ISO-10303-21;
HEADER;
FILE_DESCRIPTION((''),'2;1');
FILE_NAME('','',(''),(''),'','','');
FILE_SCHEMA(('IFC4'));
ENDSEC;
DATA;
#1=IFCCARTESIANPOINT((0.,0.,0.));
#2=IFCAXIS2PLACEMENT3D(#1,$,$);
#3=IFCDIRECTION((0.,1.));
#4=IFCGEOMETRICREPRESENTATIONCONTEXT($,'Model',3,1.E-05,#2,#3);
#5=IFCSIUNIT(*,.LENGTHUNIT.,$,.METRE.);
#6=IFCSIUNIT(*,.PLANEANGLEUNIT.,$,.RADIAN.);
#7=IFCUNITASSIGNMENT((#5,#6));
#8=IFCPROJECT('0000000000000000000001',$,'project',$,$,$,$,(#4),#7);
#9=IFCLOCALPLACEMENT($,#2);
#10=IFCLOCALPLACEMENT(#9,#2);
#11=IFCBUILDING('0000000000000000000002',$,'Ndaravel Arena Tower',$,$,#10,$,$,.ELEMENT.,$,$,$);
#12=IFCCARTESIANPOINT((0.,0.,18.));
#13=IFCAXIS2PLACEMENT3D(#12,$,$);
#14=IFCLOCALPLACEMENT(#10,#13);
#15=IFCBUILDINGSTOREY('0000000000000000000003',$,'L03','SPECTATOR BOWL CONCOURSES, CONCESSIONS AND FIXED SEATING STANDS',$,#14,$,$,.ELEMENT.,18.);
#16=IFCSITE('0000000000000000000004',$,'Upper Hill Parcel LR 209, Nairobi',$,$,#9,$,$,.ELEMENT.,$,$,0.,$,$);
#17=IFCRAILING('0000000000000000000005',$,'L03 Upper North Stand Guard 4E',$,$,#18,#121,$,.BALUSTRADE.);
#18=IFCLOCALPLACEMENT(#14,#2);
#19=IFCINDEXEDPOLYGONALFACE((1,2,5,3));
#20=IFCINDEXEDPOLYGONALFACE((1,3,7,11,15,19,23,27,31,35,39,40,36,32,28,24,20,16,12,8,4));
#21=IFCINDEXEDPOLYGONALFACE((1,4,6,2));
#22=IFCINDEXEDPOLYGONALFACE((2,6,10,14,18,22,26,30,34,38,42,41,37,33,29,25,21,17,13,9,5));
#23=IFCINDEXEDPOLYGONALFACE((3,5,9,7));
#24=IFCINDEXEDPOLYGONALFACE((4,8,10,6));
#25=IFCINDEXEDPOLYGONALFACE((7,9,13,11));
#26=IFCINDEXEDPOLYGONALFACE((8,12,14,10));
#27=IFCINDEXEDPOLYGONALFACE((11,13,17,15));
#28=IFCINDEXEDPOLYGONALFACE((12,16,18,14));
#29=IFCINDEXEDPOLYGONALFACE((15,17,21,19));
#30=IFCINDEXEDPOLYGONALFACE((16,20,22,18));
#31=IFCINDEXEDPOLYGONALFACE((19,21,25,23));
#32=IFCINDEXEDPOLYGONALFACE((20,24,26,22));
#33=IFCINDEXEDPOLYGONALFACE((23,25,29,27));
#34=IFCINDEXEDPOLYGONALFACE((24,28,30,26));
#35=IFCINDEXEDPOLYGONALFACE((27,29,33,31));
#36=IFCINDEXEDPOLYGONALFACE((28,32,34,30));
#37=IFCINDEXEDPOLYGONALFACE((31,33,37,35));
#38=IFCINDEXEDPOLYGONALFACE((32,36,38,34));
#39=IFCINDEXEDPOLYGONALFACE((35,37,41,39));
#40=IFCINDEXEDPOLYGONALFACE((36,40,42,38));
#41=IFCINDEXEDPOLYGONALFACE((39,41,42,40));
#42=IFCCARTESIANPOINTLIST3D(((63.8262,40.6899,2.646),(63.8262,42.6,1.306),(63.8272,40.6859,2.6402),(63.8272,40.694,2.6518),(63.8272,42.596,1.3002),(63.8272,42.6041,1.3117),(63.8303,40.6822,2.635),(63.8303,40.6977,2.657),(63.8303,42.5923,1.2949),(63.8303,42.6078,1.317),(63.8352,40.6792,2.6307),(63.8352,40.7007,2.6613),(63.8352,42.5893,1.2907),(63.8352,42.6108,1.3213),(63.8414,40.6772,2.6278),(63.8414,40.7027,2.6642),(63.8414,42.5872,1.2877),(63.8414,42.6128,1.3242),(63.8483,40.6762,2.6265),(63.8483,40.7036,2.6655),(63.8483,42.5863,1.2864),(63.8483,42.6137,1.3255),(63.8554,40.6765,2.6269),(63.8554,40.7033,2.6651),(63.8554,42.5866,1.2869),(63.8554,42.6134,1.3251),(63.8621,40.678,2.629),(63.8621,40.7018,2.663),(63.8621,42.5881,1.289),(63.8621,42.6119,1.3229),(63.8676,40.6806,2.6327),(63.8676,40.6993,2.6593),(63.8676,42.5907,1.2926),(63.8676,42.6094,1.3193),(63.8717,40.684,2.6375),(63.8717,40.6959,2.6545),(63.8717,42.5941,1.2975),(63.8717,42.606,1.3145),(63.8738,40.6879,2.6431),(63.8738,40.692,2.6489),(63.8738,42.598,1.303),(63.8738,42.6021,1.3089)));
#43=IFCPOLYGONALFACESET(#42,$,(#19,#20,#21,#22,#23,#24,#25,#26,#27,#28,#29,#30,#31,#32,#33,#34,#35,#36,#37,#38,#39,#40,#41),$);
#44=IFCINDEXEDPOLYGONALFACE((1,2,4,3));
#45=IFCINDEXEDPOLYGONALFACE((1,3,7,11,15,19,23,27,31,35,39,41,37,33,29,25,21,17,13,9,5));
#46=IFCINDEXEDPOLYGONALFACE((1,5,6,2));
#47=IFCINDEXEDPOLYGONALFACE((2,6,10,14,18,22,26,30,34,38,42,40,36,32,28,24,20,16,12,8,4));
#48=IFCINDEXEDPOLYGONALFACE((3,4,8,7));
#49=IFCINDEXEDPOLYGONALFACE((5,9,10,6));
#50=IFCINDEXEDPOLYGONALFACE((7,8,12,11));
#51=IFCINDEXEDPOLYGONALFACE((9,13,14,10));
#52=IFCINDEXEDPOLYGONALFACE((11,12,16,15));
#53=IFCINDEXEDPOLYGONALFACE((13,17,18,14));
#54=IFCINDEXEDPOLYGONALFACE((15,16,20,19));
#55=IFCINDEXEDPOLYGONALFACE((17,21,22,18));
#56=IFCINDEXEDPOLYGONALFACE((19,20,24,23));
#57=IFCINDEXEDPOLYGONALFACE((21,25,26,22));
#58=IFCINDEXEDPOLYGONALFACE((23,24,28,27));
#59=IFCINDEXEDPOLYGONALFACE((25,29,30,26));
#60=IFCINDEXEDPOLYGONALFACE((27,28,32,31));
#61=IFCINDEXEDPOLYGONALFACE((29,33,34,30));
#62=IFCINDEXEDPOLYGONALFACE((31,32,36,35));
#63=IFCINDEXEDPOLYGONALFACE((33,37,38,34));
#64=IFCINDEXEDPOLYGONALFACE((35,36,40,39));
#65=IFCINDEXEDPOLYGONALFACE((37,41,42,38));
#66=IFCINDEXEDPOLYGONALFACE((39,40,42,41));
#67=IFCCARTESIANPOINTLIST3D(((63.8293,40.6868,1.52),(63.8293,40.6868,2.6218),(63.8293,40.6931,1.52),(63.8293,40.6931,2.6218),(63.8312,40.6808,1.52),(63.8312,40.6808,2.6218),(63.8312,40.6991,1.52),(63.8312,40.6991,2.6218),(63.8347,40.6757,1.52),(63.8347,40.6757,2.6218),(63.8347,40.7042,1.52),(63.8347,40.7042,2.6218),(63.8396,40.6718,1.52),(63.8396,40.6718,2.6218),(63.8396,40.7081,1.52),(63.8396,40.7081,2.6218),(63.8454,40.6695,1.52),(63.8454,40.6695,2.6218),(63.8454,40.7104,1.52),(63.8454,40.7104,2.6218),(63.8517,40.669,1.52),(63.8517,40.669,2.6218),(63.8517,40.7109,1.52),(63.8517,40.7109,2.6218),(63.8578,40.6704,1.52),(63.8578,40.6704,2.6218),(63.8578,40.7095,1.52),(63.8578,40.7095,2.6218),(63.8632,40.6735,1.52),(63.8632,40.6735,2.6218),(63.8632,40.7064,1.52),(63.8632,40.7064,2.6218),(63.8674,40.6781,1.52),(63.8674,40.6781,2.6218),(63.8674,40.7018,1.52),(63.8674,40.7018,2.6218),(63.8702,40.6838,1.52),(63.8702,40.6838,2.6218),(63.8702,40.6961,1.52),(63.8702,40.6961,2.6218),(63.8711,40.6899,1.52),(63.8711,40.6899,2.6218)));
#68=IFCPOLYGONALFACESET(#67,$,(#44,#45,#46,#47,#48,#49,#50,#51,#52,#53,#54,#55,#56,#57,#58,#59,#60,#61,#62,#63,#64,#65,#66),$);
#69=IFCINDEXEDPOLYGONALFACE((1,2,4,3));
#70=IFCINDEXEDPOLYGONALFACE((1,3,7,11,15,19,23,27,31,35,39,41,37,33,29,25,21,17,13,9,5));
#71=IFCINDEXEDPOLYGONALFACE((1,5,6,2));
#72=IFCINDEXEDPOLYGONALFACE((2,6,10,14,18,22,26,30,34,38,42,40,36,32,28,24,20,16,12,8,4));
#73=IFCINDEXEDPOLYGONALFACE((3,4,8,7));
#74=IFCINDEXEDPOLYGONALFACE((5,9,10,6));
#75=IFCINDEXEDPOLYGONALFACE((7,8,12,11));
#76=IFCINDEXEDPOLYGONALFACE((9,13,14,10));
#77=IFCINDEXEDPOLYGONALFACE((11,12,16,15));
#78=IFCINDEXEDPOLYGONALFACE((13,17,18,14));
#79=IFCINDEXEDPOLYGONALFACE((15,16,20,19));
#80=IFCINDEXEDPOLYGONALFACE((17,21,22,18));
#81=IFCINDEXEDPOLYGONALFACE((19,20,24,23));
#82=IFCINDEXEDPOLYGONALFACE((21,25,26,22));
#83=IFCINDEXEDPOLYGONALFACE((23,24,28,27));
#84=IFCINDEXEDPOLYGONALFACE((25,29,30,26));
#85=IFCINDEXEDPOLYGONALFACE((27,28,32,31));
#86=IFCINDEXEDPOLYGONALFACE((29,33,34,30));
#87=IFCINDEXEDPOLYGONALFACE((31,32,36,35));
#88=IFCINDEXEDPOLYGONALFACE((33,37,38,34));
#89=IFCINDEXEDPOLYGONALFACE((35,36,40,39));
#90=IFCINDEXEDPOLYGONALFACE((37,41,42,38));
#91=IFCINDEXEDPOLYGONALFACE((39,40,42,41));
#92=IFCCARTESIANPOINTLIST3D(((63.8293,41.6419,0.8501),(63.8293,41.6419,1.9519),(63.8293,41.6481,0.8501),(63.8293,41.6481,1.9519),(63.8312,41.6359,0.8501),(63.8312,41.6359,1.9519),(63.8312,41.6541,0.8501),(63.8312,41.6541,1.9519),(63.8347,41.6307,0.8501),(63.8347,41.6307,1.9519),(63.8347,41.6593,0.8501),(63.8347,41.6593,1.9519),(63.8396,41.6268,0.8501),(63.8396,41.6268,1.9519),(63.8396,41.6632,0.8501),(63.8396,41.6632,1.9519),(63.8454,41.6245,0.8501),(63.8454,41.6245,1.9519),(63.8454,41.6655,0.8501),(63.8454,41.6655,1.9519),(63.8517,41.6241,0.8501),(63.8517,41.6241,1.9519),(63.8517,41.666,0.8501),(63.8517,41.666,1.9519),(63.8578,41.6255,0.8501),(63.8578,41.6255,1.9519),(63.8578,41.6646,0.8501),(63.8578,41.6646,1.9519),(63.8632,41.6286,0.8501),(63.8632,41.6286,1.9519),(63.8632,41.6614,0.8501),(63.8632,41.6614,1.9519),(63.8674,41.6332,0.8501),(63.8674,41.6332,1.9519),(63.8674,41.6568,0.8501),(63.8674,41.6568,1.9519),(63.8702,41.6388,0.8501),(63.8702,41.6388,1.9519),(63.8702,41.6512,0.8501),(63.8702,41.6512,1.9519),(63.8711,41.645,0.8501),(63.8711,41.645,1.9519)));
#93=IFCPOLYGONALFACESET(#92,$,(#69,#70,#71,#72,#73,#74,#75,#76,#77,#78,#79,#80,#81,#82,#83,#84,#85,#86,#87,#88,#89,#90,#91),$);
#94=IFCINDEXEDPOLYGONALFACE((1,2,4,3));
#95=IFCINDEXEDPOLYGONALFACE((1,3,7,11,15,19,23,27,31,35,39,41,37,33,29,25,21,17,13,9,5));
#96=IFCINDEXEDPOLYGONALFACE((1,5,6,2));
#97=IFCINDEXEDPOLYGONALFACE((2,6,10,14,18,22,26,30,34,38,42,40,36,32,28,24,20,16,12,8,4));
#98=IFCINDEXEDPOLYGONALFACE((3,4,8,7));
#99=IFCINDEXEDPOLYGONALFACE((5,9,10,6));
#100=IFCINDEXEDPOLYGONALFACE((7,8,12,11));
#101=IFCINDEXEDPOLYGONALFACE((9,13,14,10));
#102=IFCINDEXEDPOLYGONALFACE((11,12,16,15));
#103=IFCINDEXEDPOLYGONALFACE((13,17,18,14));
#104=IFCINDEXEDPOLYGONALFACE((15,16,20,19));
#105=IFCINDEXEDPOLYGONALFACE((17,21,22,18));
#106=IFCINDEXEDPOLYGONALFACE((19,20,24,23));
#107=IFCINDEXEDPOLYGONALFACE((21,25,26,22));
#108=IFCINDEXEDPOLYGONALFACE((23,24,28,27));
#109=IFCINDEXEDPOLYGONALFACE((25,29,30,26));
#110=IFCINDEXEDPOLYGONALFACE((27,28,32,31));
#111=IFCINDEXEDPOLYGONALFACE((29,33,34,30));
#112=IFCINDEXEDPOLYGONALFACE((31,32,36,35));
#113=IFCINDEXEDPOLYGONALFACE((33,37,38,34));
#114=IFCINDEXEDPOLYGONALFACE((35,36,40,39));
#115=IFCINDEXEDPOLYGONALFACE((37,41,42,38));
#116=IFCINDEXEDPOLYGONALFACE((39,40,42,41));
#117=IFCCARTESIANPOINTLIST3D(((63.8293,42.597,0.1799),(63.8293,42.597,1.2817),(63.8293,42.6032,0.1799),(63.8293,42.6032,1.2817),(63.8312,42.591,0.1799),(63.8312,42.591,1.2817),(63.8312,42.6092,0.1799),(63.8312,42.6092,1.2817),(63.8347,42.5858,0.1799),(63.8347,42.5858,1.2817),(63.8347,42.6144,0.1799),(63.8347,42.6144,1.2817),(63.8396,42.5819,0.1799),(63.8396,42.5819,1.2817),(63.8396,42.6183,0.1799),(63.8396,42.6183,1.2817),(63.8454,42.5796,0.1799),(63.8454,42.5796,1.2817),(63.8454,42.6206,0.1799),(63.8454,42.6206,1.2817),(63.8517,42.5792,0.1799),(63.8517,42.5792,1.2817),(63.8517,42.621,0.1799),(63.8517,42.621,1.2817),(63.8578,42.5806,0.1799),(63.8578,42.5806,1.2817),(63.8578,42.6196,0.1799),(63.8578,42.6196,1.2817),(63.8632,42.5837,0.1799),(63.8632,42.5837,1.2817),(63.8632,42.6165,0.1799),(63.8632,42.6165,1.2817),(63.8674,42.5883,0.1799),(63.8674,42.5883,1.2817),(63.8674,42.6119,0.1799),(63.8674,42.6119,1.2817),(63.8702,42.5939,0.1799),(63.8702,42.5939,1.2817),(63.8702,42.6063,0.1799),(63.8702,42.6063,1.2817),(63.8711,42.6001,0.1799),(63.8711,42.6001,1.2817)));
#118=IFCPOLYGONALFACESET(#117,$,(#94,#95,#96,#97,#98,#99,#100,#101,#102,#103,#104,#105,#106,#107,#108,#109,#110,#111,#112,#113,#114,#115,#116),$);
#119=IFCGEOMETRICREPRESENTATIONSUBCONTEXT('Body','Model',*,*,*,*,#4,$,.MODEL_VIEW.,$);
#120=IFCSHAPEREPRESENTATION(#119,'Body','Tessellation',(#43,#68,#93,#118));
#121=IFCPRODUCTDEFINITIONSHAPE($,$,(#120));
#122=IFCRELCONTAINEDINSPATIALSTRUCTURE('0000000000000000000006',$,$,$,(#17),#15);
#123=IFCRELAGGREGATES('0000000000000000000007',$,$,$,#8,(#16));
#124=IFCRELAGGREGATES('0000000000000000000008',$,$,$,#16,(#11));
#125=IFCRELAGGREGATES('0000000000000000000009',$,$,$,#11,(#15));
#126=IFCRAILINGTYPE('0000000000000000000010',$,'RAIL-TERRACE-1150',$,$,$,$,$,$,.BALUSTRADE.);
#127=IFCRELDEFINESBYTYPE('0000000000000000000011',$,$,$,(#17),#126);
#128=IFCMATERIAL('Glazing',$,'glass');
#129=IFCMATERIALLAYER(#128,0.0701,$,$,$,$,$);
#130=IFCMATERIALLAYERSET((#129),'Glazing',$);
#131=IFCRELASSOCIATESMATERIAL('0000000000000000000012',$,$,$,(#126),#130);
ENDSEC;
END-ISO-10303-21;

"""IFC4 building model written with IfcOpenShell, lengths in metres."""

from ifc_helpers import new_model, si_unit, direction, frame, origin, origin_2d, place, context, subcontext, project, spatial, circle, extrude, material, layer, layer_set, type_object, element, save


model = new_model("IFC4")

# Units and contexts
model_context = context("Model", 3, precision=1e-05, world=origin(), true_north=direction((0.0, 1.0)))
body_context = subcontext(model_context, "Body", "Model", "MODEL_VIEW")
ifc_project = project(units=[si_unit("LENGTHUNIT", "METRE"), si_unit("PLANEANGLEUNIT", "RADIAN")], contexts=[model_context])

# Site, building, storey
site_placement = place(None, origin())
site = spatial("IfcSite", under=ifc_project, at=site_placement, Name="Upper Hill Parcel LR 209, Nairobi", CompositionType="ELEMENT", RefElevation=0.0)
building_placement = place(site_placement, origin())
building = spatial("IfcBuilding", under=site, at=building_placement, Name="Ndaravel Arena Tower", CompositionType="ELEMENT")
storey_placement = place(building_placement, frame((0.0, 0.0, 18.0)))
storey = spatial("IfcBuildingStorey", under=building, at=storey_placement, Name="L03", Description="SPECTATOR BOWL CONCOURSES, CONCESSIONS AND FIXED SEATING STANDS", CompositionType="ELEMENT", Elevation=18.0)

# Railing
ifc_material_1 = material(Name="Glazing", Category="glass")
ifc_layer_1 = layer(ifc_material_1, 0.0701)
ifc_layer_set_1 = layer_set([ifc_layer_1], Name="Glazing")
railing_type = type_object("IfcRailingType", Name="RAIL-TERRACE-1150", PredefinedType="BALUSTRADE", material=ifc_layer_set_1)
railing_1_placement = place(storey_placement, frame((63.8501, 40.6899, 1.52)))
element("IfcRailing", 1, at=railing_1_placement, inside=storey, type_object=railing_type, Name="L03 Upper North Stand Guard 4E", PredefinedType="BALUSTRADE", context=body_context, shape_type="SweptSolid", body=[
    extrude(circle(Radius=0.0239, at=origin_2d()), frame((0.0, 0.0, 1.126), z_axis=(0.0, 0.818632, -0.574319), x_axis=(-1.0, 0.0, 0.0)), (0.0, 0.0, 1.0), 2.3333),
    extrude(circle(Radius=0.021, at=origin_2d()), origin(), (0.0, 0.0, 1.0), 1.1018),
    extrude(circle(Radius=0.021, at=origin_2d()), frame((0.0, 0.9551, -0.6699)), (0.0, 0.0, 1.0), 1.1018),
    extrude(circle(Radius=0.021, at=origin_2d()), frame((0.0, 1.9102, -1.3401)), (0.0, 0.0, 1.0), 1.1018),
])

save(model, "model.ifc")
